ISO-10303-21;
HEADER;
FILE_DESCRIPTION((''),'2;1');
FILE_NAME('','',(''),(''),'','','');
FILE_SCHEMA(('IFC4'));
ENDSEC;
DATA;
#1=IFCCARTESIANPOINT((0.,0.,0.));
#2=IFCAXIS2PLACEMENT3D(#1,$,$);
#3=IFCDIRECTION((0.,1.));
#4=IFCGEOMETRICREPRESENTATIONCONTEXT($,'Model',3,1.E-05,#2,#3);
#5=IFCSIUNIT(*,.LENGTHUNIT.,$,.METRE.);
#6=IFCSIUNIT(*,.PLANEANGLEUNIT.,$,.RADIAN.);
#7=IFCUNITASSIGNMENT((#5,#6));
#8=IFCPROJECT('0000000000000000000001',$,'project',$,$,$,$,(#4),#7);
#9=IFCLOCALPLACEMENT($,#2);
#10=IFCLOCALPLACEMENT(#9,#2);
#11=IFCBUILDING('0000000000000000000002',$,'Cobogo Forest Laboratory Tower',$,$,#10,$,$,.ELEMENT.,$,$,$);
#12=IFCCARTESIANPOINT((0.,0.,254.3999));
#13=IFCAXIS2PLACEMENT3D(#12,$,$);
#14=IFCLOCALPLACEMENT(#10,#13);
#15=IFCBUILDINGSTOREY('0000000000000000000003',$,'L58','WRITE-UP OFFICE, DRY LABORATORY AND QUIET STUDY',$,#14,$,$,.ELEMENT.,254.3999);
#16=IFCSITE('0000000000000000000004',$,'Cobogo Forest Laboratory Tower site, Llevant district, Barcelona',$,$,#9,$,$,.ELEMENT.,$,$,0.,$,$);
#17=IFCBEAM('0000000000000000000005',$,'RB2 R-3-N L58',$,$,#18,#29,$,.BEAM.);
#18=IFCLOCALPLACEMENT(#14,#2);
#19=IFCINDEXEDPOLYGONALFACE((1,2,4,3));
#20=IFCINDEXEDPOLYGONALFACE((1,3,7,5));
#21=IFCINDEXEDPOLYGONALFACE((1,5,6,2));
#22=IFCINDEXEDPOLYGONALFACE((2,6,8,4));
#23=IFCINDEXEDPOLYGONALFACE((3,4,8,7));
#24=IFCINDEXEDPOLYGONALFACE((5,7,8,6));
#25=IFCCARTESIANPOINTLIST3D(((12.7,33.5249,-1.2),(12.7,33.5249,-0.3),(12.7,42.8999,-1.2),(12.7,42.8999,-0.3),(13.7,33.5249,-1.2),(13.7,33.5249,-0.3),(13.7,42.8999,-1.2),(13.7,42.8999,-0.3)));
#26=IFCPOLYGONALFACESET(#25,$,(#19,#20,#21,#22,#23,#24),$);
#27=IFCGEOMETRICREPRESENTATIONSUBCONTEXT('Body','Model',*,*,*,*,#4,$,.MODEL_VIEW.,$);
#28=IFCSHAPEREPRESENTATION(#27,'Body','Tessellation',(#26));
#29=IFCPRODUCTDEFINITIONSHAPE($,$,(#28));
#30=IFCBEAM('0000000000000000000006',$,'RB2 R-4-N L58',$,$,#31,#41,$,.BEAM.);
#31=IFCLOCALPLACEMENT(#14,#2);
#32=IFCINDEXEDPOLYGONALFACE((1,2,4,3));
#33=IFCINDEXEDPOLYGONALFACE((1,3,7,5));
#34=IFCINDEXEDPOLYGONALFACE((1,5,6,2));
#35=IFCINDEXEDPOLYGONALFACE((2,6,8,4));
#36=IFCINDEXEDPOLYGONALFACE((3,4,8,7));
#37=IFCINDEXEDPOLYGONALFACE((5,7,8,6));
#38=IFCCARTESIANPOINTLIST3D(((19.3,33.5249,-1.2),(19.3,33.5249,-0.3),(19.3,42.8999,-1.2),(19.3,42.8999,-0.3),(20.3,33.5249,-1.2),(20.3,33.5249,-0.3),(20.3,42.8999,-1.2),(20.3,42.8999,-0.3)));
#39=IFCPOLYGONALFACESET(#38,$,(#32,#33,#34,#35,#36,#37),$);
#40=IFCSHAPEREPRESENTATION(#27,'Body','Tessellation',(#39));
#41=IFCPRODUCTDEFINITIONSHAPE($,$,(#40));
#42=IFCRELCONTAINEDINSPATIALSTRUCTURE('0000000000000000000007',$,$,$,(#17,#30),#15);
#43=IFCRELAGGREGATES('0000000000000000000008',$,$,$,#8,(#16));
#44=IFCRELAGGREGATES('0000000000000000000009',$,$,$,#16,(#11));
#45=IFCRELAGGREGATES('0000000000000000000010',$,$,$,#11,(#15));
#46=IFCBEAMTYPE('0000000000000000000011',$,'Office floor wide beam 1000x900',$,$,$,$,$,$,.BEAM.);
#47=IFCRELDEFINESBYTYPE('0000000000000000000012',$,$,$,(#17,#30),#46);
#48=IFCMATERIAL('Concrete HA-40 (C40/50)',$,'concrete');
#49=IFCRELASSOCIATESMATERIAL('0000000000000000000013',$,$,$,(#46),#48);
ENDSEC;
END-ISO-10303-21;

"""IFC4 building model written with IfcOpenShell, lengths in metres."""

from ifc_helpers import new_model, si_unit, direction, frame, origin, origin_2d, place, context, subcontext, project, spatial, rectangle, extrude, material, material_profile, profile_set, type_object, element, save


model = new_model("IFC4")

# Units and contexts
model_context = context("Model", 3, precision=1e-05, world=origin(), true_north=direction((0.0, 1.0)))
body_context = subcontext(model_context, "Body", "Model", "MODEL_VIEW")
ifc_project = project(units=[si_unit("LENGTHUNIT", "METRE"), si_unit("PLANEANGLEUNIT", "RADIAN")], contexts=[model_context])

# Site, building, storey
site_placement = place(None, origin())
site = spatial("IfcSite", under=ifc_project, at=site_placement, Name="Cobogo Forest Laboratory Tower site, Llevant district, Barcelona", CompositionType="ELEMENT", RefElevation=0.0)
building_placement = place(site_placement, origin())
building = spatial("IfcBuilding", under=site, at=building_placement, Name="Cobogo Forest Laboratory Tower", CompositionType="ELEMENT")
storey_placement = place(building_placement, frame((0.0, 0.0, 254.3999)))
storey = spatial("IfcBuildingStorey", under=building, at=storey_placement, Name="L58", Description="WRITE-UP OFFICE, DRY LABORATORY AND QUIET STUDY", CompositionType="ELEMENT", Elevation=254.3999)

# Beams
ifc_material_1 = material(Name="Concrete HA-40 (C40/50)", Category="concrete")
ifc_material_profile = material_profile(ifc_material_1, rectangle(XDim=1.0, YDim=0.8999, at=origin_2d()), Name="RC 1000x900")
ifc_profile_set = profile_set([ifc_material_profile], Name="Concrete HA-40 (C40/50)")
beam_type = type_object("IfcBeamType", Name="Office floor wide beam 1000x900", PredefinedType="BEAM", material=ifc_profile_set)
for number, where, z_axis, x_axis, name in (
    (1, (13.2, 33.5249, -0.75), (0.0, 1.0, 0.0), (-1.0, 0.0, 0.0), "RB2 R-3-N L58"),
    (2, (19.8, 33.5249, -0.75), (0.0, 1.0, 0.0), (-1.0, 0.0, 0.0), "RB2 R-4-N L58"),
):
    element("IfcBeam", number, at=place(storey_placement, frame(where, z_axis=z_axis, x_axis=x_axis)), inside=storey, type_object=beam_type, Name=name, PredefinedType="BEAM", context=body_context, shape_type="SweptSolid", body=[
        extrude(rectangle(XDim=1.0, YDim=0.8999, at=origin_2d()), origin(), (0.0, 0.0, 1.0), 9.375),
    ])

save(model, "model.ifc")
